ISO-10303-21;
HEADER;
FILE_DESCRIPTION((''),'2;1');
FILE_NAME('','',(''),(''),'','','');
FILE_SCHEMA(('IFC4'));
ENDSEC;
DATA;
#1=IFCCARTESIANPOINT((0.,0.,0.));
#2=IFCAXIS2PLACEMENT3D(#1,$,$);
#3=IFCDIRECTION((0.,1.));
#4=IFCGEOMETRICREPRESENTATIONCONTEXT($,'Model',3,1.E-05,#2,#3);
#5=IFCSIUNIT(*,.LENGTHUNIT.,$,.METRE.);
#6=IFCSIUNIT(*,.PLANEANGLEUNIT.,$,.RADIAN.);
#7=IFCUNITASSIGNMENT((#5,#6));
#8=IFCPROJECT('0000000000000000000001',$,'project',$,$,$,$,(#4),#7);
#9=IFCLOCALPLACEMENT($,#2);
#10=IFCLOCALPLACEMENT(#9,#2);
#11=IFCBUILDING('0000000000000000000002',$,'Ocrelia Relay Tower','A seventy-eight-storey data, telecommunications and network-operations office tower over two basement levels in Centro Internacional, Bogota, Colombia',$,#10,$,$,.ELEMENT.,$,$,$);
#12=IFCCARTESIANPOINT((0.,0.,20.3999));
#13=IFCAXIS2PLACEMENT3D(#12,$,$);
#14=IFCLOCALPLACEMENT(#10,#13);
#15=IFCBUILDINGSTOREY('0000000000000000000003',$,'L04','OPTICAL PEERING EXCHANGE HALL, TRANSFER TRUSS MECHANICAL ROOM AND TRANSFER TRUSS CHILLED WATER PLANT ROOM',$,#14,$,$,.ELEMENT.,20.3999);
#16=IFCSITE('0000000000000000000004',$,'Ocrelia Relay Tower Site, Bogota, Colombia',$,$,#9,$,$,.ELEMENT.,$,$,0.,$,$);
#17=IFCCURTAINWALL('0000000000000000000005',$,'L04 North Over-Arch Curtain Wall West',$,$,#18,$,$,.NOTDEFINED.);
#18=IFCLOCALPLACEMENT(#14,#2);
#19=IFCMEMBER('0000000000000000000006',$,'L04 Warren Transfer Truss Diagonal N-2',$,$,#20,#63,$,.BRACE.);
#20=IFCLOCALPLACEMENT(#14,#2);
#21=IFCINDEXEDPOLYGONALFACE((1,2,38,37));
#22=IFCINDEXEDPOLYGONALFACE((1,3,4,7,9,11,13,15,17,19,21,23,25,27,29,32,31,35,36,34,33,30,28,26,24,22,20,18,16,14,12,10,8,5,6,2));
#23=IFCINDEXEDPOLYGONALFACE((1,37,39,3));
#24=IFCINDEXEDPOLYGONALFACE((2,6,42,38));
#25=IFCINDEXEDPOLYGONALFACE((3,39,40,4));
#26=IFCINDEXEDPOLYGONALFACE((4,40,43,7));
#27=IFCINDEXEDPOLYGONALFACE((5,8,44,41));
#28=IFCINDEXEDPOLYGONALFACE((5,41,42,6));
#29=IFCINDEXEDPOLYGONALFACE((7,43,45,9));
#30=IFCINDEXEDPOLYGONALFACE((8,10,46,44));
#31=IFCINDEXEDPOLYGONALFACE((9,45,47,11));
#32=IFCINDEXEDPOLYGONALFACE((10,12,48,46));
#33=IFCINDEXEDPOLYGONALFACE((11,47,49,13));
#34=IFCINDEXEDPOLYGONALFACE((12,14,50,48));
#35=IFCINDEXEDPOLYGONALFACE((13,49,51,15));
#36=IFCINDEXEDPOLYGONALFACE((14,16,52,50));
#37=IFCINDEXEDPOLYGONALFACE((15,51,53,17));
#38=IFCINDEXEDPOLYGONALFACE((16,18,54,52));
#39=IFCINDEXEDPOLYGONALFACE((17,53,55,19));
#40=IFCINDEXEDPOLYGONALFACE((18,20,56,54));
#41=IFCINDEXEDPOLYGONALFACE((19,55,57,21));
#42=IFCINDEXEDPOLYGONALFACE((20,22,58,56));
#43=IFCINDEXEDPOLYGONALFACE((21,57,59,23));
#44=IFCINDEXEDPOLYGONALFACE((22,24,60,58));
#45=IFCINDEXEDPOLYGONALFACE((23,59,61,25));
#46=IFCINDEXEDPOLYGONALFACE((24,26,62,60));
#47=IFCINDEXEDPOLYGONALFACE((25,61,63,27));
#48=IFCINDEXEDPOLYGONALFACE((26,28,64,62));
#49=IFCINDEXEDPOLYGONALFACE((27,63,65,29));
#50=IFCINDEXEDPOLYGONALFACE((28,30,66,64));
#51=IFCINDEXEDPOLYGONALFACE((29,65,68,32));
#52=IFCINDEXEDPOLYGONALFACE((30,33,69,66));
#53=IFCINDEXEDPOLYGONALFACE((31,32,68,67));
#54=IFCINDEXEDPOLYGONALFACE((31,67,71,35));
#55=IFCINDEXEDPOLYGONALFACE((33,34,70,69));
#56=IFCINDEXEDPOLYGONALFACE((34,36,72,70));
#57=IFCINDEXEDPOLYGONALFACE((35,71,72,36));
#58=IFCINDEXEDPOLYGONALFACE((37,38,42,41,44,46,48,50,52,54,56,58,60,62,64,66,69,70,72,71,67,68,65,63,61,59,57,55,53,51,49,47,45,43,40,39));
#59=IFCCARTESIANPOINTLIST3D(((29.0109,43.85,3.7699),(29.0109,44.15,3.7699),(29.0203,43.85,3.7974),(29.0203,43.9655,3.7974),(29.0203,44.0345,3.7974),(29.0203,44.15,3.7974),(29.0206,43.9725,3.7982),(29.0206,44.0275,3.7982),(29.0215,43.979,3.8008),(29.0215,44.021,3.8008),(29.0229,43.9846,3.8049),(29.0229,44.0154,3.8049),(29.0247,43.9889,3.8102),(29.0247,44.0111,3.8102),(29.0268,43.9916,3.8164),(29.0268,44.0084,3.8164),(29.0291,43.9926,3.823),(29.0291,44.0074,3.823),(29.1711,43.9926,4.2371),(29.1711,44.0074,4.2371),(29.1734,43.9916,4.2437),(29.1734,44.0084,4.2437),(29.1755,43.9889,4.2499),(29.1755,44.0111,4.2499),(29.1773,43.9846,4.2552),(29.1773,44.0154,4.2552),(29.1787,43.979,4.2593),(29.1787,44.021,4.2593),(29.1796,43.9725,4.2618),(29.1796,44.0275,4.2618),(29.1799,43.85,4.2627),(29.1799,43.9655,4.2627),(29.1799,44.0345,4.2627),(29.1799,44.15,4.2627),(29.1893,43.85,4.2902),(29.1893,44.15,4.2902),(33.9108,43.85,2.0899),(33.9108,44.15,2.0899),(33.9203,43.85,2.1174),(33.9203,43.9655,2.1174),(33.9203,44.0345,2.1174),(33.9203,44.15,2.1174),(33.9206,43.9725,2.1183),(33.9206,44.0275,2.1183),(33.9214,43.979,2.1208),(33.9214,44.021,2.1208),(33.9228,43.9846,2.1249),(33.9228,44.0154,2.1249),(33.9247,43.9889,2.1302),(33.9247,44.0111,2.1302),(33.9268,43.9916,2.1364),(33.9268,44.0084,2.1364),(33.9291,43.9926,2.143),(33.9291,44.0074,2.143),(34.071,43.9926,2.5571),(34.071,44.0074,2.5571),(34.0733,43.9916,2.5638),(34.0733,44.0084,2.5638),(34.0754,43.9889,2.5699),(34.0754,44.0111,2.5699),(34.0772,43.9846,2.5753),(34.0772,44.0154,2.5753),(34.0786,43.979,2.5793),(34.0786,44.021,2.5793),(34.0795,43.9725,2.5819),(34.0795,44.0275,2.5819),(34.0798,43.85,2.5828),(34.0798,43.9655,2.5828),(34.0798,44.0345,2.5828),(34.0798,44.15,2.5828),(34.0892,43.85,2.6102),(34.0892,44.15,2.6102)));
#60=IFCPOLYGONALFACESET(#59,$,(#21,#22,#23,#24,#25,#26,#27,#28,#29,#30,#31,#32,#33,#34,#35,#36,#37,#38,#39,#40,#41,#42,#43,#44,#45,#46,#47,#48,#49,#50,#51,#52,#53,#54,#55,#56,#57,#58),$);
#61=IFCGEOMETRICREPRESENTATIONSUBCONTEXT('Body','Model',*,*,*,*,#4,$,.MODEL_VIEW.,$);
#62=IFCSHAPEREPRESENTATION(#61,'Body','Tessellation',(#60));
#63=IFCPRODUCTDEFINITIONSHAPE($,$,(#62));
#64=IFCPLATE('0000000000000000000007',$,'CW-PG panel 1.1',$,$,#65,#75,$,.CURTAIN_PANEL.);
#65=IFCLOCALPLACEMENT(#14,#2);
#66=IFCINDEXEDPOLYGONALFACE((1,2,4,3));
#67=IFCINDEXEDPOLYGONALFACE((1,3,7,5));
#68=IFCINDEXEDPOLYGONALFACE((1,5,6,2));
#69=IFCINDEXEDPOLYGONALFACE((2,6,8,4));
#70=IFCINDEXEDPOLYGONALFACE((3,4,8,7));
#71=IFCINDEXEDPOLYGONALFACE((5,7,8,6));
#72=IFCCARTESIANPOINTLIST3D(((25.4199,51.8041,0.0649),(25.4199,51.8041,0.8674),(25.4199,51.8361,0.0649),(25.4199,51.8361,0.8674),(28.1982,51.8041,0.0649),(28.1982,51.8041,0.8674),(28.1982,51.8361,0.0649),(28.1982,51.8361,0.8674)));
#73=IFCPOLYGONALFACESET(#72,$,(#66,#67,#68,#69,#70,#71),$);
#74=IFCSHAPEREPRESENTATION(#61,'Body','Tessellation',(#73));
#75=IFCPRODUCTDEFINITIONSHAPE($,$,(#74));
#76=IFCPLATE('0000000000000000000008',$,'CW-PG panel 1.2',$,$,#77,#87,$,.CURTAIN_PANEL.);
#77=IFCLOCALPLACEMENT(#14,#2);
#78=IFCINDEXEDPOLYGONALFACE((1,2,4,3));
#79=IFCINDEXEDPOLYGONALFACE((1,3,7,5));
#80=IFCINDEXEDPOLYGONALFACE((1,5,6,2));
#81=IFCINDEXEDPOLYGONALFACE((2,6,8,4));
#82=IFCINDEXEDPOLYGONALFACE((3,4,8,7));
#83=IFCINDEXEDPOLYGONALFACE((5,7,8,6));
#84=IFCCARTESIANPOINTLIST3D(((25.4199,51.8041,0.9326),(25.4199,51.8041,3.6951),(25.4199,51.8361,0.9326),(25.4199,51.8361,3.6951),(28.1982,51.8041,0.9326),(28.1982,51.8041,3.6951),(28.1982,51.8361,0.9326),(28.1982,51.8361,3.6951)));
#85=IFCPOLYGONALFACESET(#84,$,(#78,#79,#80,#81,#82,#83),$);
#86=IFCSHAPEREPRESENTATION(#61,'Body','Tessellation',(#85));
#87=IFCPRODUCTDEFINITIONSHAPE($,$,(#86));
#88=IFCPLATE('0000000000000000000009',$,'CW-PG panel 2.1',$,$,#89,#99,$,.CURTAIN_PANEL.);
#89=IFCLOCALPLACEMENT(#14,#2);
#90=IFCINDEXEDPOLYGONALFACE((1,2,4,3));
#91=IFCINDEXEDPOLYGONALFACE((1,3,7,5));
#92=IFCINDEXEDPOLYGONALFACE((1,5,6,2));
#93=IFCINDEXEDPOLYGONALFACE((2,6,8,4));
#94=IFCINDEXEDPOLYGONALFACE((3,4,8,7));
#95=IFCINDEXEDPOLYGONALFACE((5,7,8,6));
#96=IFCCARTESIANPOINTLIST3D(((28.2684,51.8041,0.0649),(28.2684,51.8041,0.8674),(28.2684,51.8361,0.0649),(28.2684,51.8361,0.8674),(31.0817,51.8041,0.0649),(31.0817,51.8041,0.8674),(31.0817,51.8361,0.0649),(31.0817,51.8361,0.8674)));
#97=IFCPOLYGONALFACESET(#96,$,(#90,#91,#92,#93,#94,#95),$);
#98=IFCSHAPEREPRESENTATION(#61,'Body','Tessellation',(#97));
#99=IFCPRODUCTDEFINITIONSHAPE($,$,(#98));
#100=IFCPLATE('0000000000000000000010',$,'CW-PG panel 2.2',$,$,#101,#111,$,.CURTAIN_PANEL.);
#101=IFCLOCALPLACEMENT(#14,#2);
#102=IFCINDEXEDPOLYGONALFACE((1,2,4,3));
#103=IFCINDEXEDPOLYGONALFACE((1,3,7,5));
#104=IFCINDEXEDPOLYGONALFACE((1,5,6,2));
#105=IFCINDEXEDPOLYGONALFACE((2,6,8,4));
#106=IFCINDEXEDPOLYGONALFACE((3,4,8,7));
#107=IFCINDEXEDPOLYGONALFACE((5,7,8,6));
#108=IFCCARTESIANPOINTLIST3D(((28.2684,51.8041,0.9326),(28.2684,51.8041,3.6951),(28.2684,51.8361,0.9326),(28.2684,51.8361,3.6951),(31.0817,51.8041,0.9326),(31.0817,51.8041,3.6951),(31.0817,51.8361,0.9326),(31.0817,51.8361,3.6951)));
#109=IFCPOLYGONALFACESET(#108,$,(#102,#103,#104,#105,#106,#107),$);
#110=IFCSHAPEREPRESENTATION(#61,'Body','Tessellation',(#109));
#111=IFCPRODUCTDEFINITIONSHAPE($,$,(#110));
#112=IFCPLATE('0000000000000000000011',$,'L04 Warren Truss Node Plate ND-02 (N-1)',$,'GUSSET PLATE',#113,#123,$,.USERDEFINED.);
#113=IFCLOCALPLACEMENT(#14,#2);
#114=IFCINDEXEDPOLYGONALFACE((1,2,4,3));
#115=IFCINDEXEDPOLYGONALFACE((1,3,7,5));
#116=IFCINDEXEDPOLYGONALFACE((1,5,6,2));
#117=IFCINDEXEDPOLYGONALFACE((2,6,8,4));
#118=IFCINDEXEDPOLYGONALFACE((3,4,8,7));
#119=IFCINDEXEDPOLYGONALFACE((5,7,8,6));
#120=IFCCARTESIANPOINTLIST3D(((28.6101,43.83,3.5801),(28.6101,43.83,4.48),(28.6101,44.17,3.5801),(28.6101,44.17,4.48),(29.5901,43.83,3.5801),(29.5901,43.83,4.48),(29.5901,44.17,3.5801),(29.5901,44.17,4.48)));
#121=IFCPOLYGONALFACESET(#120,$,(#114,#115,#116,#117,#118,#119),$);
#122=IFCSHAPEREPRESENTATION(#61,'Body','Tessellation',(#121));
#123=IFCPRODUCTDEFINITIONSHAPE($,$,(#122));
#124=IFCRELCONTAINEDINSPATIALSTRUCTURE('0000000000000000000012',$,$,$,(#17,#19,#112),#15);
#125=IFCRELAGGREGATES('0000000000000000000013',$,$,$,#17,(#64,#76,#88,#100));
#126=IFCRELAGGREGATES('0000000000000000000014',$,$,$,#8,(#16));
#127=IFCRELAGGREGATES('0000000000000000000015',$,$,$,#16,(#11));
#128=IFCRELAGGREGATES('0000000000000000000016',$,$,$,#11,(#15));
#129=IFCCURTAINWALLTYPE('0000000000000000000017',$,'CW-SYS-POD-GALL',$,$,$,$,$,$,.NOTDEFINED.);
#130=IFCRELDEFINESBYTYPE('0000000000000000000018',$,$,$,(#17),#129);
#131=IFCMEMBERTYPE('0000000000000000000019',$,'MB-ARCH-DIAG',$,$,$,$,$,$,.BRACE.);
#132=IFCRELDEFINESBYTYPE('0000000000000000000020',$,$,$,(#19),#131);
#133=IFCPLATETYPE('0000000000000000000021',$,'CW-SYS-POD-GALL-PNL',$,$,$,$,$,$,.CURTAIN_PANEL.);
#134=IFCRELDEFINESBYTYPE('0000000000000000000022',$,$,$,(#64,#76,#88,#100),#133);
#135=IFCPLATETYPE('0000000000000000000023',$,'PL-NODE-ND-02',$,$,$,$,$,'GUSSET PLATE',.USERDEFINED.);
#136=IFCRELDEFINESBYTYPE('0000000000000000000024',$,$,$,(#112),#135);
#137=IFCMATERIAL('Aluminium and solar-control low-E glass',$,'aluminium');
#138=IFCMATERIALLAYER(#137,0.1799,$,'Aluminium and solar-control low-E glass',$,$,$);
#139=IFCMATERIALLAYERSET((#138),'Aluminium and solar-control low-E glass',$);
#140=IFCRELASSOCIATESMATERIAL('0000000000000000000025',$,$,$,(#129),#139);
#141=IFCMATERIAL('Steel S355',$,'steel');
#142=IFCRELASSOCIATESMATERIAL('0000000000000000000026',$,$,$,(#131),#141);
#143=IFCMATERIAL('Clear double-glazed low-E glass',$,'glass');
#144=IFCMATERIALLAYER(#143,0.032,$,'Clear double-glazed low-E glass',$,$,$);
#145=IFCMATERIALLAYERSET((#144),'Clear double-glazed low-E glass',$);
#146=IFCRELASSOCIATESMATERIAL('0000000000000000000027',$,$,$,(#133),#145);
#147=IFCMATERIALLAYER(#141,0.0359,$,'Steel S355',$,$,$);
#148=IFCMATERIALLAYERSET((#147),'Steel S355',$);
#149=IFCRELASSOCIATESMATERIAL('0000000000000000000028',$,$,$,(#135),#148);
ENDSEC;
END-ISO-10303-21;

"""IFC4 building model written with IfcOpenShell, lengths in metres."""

from ifc_helpers import new_model, si_unit, direction, frame, origin, origin_2d, place, context, subcontext, project, spatial, rectangle, i_section, extrude, material, layer, layer_set, material_profile, profile_set, type_object, element, aggregate, save


model = new_model("IFC4")

# Units and contexts
model_context = context("Model", 3, precision=1e-05, world=origin(), true_north=direction((0.0, 1.0)))
body_context = subcontext(model_context, "Body", "Model", "MODEL_VIEW")
ifc_project = project(units=[si_unit("LENGTHUNIT", "METRE"), si_unit("PLANEANGLEUNIT", "RADIAN")], contexts=[model_context])

# Site, building, storey
site_placement = place(None, origin())
site = spatial("IfcSite", under=ifc_project, at=site_placement, Name="Ocrelia Relay Tower Site, Bogota, Colombia", CompositionType="ELEMENT", RefElevation=0.0)
building_placement = place(site_placement, origin())
building = spatial("IfcBuilding", under=site, at=building_placement, Name="Ocrelia Relay Tower", Description="A seventy-eight-storey data, telecommunications and network-operations office tower over two basement levels in Centro Internacional, Bogota, Colombia", CompositionType="ELEMENT")
storey_placement = place(building_placement, frame((0.0, 0.0, 20.3999)))
storey = spatial("IfcBuildingStorey", under=building, at=storey_placement, Name="L04", Description="OPTICAL PEERING EXCHANGE HALL, TRANSFER TRUSS MECHANICAL ROOM AND TRANSFER TRUSS CHILLED WATER PLANT ROOM", CompositionType="ELEMENT", Elevation=20.3999)

# Shared definitions
ifc_material_1 = material(Name="Steel S355", Category="steel")

# Curtain wall
ifc_material_2 = material(Name="Aluminium and solar-control low-E glass", Category="aluminium")
ifc_layer_1 = layer(ifc_material_2, 0.1799, Name="Aluminium and solar-control low-E glass")
ifc_layer_set_1 = layer_set([ifc_layer_1], Name="Aluminium and solar-control low-E glass")
curtain_wall_type = type_object("IfcCurtainWallType", Name="CW-SYS-POD-GALL", PredefinedType="NOTDEFINED", material=ifc_layer_set_1)
curtain_wall_placement = place(storey_placement, origin())
curtain_wall = element("IfcCurtainWall", 1, at=curtain_wall_placement, inside=storey, type_object=curtain_wall_type, Name="L04 North Over-Arch Curtain Wall West", PredefinedType="NOTDEFINED")

# Member
ifc_material_profile_1 = material_profile(ifc_material_1, i_section(OverallWidth=0.3, OverallDepth=0.55, WebThickness=0.0149, FlangeThickness=0.0291, FilletRadius=0.0271, at=origin_2d()), Name="HEB 550")
ifc_profile_set_1 = profile_set([ifc_material_profile_1], Name="Steel S355")
member_type_1 = type_object("IfcMemberType", Name="MB-ARCH-DIAG", PredefinedType="BRACE", material=ifc_profile_set_1)
member_1_placement = place(storey_placement, frame((29.1001, 44.0, 4.03), z_axis=(0.945948, 0.0, -0.324318), x_axis=(0.0, 1.0, 0.0)))
element("IfcMember", 2, at=member_1_placement, inside=storey, type_object=member_type_1, Name="L04 Warren Transfer Truss Diagonal N-2", PredefinedType="BRACE", context=body_context, shape_type="SweptSolid", body=[
    extrude(i_section(OverallWidth=0.3, OverallDepth=0.55, WebThickness=0.0149, FlangeThickness=0.0291, FilletRadius=0.0271, at=origin_2d()), origin(), (0.0, 0.0, 1.0), 5.1799),
])

# Plates
ifc_material_3 = material(Name="Clear double-glazed low-E glass", Category="glass")
ifc_layer_2 = layer(ifc_material_3, 0.032, Name="Clear double-glazed low-E glass")
ifc_layer_set_2 = layer_set([ifc_layer_2], Name="Clear double-glazed low-E glass")
plate_type_1 = type_object("IfcPlateType", Name="CW-SYS-POD-GALL-PNL", PredefinedType="CURTAIN_PANEL", material=ifc_layer_set_2)
plate_1_placement = place(storey_placement, frame((26.8091, 51.8201, 0.0649), z_axis=(0.0, 0.0, 1.0), x_axis=(1.0, 0.0, 0.0)))
plate_1 = element("IfcPlate", 3, at=plate_1_placement, type_object=plate_type_1, Name="CW-PG panel 1.1", PredefinedType="CURTAIN_PANEL", context=body_context, shape_type="SweptSolid", body=[
    extrude(rectangle(XDim=2.7783, YDim=0.032, at=origin_2d()), origin(), (0.0, 0.0, 1.0), 0.8025),
])
plate_2_placement = place(storey_placement, frame((26.8091, 51.8201, 0.9326), z_axis=(0.0, 0.0, 1.0), x_axis=(1.0, 0.0, 0.0)))
plate_2 = element("IfcPlate", 4, at=plate_2_placement, type_object=plate_type_1, Name="CW-PG panel 1.2", PredefinedType="CURTAIN_PANEL", context=body_context, shape_type="SweptSolid", body=[
    extrude(rectangle(XDim=2.7783, YDim=0.032, at=origin_2d()), origin(), (0.0, 0.0, 1.0), 2.7625),
])
plate_3_placement = place(storey_placement, frame((29.675, 51.8201, 0.0649), z_axis=(0.0, 0.0, 1.0), x_axis=(1.0, 0.0, 0.0)))
plate_3 = element("IfcPlate", 5, at=plate_3_placement, type_object=plate_type_1, Name="CW-PG panel 2.1", PredefinedType="CURTAIN_PANEL", context=body_context, shape_type="SweptSolid", body=[
    extrude(rectangle(XDim=2.8132, YDim=0.032, at=origin_2d()), origin(), (0.0, 0.0, 1.0), 0.8025),
])
plate_4_placement = place(storey_placement, frame((29.675, 51.8201, 0.9326), z_axis=(0.0, 0.0, 1.0), x_axis=(1.0, 0.0, 0.0)))
plate_4 = element("IfcPlate", 6, at=plate_4_placement, type_object=plate_type_1, Name="CW-PG panel 2.2", PredefinedType="CURTAIN_PANEL", context=body_context, shape_type="SweptSolid", body=[
    extrude(rectangle(XDim=2.8132, YDim=0.032, at=origin_2d()), origin(), (0.0, 0.0, 1.0), 2.7625),
])
aggregate(curtain_wall, [plate_1, plate_2, plate_3, plate_4])
ifc_layer_3 = layer(ifc_material_1, 0.0359, Name="Steel S355")
ifc_layer_set_3 = layer_set([ifc_layer_3], Name="Steel S355")
plate_type_2 = type_object("IfcPlateType", Name="PL-NODE-ND-02", ElementType="GUSSET PLATE", PredefinedType="USERDEFINED", material=ifc_layer_set_3)
plate_5_placement = place(storey_placement, frame((29.1001, 44.0, 3.5801), z_axis=(0.0, 0.0, 1.0), x_axis=(1.0, 0.0, 0.0)))
element("IfcPlate", 7, at=plate_5_placement, inside=storey, type_object=plate_type_2, Name="L04 Warren Truss Node Plate ND-02 (N-1)", ObjectType="GUSSET PLATE", PredefinedType="USERDEFINED", context=body_context, shape_type="SweptSolid", body=[
    extrude(rectangle(XDim=0.98, YDim=0.3401, at=origin_2d()), origin(), (0.0, 0.0, 1.0), 0.8999),
])

save(model, "model.ifc")
